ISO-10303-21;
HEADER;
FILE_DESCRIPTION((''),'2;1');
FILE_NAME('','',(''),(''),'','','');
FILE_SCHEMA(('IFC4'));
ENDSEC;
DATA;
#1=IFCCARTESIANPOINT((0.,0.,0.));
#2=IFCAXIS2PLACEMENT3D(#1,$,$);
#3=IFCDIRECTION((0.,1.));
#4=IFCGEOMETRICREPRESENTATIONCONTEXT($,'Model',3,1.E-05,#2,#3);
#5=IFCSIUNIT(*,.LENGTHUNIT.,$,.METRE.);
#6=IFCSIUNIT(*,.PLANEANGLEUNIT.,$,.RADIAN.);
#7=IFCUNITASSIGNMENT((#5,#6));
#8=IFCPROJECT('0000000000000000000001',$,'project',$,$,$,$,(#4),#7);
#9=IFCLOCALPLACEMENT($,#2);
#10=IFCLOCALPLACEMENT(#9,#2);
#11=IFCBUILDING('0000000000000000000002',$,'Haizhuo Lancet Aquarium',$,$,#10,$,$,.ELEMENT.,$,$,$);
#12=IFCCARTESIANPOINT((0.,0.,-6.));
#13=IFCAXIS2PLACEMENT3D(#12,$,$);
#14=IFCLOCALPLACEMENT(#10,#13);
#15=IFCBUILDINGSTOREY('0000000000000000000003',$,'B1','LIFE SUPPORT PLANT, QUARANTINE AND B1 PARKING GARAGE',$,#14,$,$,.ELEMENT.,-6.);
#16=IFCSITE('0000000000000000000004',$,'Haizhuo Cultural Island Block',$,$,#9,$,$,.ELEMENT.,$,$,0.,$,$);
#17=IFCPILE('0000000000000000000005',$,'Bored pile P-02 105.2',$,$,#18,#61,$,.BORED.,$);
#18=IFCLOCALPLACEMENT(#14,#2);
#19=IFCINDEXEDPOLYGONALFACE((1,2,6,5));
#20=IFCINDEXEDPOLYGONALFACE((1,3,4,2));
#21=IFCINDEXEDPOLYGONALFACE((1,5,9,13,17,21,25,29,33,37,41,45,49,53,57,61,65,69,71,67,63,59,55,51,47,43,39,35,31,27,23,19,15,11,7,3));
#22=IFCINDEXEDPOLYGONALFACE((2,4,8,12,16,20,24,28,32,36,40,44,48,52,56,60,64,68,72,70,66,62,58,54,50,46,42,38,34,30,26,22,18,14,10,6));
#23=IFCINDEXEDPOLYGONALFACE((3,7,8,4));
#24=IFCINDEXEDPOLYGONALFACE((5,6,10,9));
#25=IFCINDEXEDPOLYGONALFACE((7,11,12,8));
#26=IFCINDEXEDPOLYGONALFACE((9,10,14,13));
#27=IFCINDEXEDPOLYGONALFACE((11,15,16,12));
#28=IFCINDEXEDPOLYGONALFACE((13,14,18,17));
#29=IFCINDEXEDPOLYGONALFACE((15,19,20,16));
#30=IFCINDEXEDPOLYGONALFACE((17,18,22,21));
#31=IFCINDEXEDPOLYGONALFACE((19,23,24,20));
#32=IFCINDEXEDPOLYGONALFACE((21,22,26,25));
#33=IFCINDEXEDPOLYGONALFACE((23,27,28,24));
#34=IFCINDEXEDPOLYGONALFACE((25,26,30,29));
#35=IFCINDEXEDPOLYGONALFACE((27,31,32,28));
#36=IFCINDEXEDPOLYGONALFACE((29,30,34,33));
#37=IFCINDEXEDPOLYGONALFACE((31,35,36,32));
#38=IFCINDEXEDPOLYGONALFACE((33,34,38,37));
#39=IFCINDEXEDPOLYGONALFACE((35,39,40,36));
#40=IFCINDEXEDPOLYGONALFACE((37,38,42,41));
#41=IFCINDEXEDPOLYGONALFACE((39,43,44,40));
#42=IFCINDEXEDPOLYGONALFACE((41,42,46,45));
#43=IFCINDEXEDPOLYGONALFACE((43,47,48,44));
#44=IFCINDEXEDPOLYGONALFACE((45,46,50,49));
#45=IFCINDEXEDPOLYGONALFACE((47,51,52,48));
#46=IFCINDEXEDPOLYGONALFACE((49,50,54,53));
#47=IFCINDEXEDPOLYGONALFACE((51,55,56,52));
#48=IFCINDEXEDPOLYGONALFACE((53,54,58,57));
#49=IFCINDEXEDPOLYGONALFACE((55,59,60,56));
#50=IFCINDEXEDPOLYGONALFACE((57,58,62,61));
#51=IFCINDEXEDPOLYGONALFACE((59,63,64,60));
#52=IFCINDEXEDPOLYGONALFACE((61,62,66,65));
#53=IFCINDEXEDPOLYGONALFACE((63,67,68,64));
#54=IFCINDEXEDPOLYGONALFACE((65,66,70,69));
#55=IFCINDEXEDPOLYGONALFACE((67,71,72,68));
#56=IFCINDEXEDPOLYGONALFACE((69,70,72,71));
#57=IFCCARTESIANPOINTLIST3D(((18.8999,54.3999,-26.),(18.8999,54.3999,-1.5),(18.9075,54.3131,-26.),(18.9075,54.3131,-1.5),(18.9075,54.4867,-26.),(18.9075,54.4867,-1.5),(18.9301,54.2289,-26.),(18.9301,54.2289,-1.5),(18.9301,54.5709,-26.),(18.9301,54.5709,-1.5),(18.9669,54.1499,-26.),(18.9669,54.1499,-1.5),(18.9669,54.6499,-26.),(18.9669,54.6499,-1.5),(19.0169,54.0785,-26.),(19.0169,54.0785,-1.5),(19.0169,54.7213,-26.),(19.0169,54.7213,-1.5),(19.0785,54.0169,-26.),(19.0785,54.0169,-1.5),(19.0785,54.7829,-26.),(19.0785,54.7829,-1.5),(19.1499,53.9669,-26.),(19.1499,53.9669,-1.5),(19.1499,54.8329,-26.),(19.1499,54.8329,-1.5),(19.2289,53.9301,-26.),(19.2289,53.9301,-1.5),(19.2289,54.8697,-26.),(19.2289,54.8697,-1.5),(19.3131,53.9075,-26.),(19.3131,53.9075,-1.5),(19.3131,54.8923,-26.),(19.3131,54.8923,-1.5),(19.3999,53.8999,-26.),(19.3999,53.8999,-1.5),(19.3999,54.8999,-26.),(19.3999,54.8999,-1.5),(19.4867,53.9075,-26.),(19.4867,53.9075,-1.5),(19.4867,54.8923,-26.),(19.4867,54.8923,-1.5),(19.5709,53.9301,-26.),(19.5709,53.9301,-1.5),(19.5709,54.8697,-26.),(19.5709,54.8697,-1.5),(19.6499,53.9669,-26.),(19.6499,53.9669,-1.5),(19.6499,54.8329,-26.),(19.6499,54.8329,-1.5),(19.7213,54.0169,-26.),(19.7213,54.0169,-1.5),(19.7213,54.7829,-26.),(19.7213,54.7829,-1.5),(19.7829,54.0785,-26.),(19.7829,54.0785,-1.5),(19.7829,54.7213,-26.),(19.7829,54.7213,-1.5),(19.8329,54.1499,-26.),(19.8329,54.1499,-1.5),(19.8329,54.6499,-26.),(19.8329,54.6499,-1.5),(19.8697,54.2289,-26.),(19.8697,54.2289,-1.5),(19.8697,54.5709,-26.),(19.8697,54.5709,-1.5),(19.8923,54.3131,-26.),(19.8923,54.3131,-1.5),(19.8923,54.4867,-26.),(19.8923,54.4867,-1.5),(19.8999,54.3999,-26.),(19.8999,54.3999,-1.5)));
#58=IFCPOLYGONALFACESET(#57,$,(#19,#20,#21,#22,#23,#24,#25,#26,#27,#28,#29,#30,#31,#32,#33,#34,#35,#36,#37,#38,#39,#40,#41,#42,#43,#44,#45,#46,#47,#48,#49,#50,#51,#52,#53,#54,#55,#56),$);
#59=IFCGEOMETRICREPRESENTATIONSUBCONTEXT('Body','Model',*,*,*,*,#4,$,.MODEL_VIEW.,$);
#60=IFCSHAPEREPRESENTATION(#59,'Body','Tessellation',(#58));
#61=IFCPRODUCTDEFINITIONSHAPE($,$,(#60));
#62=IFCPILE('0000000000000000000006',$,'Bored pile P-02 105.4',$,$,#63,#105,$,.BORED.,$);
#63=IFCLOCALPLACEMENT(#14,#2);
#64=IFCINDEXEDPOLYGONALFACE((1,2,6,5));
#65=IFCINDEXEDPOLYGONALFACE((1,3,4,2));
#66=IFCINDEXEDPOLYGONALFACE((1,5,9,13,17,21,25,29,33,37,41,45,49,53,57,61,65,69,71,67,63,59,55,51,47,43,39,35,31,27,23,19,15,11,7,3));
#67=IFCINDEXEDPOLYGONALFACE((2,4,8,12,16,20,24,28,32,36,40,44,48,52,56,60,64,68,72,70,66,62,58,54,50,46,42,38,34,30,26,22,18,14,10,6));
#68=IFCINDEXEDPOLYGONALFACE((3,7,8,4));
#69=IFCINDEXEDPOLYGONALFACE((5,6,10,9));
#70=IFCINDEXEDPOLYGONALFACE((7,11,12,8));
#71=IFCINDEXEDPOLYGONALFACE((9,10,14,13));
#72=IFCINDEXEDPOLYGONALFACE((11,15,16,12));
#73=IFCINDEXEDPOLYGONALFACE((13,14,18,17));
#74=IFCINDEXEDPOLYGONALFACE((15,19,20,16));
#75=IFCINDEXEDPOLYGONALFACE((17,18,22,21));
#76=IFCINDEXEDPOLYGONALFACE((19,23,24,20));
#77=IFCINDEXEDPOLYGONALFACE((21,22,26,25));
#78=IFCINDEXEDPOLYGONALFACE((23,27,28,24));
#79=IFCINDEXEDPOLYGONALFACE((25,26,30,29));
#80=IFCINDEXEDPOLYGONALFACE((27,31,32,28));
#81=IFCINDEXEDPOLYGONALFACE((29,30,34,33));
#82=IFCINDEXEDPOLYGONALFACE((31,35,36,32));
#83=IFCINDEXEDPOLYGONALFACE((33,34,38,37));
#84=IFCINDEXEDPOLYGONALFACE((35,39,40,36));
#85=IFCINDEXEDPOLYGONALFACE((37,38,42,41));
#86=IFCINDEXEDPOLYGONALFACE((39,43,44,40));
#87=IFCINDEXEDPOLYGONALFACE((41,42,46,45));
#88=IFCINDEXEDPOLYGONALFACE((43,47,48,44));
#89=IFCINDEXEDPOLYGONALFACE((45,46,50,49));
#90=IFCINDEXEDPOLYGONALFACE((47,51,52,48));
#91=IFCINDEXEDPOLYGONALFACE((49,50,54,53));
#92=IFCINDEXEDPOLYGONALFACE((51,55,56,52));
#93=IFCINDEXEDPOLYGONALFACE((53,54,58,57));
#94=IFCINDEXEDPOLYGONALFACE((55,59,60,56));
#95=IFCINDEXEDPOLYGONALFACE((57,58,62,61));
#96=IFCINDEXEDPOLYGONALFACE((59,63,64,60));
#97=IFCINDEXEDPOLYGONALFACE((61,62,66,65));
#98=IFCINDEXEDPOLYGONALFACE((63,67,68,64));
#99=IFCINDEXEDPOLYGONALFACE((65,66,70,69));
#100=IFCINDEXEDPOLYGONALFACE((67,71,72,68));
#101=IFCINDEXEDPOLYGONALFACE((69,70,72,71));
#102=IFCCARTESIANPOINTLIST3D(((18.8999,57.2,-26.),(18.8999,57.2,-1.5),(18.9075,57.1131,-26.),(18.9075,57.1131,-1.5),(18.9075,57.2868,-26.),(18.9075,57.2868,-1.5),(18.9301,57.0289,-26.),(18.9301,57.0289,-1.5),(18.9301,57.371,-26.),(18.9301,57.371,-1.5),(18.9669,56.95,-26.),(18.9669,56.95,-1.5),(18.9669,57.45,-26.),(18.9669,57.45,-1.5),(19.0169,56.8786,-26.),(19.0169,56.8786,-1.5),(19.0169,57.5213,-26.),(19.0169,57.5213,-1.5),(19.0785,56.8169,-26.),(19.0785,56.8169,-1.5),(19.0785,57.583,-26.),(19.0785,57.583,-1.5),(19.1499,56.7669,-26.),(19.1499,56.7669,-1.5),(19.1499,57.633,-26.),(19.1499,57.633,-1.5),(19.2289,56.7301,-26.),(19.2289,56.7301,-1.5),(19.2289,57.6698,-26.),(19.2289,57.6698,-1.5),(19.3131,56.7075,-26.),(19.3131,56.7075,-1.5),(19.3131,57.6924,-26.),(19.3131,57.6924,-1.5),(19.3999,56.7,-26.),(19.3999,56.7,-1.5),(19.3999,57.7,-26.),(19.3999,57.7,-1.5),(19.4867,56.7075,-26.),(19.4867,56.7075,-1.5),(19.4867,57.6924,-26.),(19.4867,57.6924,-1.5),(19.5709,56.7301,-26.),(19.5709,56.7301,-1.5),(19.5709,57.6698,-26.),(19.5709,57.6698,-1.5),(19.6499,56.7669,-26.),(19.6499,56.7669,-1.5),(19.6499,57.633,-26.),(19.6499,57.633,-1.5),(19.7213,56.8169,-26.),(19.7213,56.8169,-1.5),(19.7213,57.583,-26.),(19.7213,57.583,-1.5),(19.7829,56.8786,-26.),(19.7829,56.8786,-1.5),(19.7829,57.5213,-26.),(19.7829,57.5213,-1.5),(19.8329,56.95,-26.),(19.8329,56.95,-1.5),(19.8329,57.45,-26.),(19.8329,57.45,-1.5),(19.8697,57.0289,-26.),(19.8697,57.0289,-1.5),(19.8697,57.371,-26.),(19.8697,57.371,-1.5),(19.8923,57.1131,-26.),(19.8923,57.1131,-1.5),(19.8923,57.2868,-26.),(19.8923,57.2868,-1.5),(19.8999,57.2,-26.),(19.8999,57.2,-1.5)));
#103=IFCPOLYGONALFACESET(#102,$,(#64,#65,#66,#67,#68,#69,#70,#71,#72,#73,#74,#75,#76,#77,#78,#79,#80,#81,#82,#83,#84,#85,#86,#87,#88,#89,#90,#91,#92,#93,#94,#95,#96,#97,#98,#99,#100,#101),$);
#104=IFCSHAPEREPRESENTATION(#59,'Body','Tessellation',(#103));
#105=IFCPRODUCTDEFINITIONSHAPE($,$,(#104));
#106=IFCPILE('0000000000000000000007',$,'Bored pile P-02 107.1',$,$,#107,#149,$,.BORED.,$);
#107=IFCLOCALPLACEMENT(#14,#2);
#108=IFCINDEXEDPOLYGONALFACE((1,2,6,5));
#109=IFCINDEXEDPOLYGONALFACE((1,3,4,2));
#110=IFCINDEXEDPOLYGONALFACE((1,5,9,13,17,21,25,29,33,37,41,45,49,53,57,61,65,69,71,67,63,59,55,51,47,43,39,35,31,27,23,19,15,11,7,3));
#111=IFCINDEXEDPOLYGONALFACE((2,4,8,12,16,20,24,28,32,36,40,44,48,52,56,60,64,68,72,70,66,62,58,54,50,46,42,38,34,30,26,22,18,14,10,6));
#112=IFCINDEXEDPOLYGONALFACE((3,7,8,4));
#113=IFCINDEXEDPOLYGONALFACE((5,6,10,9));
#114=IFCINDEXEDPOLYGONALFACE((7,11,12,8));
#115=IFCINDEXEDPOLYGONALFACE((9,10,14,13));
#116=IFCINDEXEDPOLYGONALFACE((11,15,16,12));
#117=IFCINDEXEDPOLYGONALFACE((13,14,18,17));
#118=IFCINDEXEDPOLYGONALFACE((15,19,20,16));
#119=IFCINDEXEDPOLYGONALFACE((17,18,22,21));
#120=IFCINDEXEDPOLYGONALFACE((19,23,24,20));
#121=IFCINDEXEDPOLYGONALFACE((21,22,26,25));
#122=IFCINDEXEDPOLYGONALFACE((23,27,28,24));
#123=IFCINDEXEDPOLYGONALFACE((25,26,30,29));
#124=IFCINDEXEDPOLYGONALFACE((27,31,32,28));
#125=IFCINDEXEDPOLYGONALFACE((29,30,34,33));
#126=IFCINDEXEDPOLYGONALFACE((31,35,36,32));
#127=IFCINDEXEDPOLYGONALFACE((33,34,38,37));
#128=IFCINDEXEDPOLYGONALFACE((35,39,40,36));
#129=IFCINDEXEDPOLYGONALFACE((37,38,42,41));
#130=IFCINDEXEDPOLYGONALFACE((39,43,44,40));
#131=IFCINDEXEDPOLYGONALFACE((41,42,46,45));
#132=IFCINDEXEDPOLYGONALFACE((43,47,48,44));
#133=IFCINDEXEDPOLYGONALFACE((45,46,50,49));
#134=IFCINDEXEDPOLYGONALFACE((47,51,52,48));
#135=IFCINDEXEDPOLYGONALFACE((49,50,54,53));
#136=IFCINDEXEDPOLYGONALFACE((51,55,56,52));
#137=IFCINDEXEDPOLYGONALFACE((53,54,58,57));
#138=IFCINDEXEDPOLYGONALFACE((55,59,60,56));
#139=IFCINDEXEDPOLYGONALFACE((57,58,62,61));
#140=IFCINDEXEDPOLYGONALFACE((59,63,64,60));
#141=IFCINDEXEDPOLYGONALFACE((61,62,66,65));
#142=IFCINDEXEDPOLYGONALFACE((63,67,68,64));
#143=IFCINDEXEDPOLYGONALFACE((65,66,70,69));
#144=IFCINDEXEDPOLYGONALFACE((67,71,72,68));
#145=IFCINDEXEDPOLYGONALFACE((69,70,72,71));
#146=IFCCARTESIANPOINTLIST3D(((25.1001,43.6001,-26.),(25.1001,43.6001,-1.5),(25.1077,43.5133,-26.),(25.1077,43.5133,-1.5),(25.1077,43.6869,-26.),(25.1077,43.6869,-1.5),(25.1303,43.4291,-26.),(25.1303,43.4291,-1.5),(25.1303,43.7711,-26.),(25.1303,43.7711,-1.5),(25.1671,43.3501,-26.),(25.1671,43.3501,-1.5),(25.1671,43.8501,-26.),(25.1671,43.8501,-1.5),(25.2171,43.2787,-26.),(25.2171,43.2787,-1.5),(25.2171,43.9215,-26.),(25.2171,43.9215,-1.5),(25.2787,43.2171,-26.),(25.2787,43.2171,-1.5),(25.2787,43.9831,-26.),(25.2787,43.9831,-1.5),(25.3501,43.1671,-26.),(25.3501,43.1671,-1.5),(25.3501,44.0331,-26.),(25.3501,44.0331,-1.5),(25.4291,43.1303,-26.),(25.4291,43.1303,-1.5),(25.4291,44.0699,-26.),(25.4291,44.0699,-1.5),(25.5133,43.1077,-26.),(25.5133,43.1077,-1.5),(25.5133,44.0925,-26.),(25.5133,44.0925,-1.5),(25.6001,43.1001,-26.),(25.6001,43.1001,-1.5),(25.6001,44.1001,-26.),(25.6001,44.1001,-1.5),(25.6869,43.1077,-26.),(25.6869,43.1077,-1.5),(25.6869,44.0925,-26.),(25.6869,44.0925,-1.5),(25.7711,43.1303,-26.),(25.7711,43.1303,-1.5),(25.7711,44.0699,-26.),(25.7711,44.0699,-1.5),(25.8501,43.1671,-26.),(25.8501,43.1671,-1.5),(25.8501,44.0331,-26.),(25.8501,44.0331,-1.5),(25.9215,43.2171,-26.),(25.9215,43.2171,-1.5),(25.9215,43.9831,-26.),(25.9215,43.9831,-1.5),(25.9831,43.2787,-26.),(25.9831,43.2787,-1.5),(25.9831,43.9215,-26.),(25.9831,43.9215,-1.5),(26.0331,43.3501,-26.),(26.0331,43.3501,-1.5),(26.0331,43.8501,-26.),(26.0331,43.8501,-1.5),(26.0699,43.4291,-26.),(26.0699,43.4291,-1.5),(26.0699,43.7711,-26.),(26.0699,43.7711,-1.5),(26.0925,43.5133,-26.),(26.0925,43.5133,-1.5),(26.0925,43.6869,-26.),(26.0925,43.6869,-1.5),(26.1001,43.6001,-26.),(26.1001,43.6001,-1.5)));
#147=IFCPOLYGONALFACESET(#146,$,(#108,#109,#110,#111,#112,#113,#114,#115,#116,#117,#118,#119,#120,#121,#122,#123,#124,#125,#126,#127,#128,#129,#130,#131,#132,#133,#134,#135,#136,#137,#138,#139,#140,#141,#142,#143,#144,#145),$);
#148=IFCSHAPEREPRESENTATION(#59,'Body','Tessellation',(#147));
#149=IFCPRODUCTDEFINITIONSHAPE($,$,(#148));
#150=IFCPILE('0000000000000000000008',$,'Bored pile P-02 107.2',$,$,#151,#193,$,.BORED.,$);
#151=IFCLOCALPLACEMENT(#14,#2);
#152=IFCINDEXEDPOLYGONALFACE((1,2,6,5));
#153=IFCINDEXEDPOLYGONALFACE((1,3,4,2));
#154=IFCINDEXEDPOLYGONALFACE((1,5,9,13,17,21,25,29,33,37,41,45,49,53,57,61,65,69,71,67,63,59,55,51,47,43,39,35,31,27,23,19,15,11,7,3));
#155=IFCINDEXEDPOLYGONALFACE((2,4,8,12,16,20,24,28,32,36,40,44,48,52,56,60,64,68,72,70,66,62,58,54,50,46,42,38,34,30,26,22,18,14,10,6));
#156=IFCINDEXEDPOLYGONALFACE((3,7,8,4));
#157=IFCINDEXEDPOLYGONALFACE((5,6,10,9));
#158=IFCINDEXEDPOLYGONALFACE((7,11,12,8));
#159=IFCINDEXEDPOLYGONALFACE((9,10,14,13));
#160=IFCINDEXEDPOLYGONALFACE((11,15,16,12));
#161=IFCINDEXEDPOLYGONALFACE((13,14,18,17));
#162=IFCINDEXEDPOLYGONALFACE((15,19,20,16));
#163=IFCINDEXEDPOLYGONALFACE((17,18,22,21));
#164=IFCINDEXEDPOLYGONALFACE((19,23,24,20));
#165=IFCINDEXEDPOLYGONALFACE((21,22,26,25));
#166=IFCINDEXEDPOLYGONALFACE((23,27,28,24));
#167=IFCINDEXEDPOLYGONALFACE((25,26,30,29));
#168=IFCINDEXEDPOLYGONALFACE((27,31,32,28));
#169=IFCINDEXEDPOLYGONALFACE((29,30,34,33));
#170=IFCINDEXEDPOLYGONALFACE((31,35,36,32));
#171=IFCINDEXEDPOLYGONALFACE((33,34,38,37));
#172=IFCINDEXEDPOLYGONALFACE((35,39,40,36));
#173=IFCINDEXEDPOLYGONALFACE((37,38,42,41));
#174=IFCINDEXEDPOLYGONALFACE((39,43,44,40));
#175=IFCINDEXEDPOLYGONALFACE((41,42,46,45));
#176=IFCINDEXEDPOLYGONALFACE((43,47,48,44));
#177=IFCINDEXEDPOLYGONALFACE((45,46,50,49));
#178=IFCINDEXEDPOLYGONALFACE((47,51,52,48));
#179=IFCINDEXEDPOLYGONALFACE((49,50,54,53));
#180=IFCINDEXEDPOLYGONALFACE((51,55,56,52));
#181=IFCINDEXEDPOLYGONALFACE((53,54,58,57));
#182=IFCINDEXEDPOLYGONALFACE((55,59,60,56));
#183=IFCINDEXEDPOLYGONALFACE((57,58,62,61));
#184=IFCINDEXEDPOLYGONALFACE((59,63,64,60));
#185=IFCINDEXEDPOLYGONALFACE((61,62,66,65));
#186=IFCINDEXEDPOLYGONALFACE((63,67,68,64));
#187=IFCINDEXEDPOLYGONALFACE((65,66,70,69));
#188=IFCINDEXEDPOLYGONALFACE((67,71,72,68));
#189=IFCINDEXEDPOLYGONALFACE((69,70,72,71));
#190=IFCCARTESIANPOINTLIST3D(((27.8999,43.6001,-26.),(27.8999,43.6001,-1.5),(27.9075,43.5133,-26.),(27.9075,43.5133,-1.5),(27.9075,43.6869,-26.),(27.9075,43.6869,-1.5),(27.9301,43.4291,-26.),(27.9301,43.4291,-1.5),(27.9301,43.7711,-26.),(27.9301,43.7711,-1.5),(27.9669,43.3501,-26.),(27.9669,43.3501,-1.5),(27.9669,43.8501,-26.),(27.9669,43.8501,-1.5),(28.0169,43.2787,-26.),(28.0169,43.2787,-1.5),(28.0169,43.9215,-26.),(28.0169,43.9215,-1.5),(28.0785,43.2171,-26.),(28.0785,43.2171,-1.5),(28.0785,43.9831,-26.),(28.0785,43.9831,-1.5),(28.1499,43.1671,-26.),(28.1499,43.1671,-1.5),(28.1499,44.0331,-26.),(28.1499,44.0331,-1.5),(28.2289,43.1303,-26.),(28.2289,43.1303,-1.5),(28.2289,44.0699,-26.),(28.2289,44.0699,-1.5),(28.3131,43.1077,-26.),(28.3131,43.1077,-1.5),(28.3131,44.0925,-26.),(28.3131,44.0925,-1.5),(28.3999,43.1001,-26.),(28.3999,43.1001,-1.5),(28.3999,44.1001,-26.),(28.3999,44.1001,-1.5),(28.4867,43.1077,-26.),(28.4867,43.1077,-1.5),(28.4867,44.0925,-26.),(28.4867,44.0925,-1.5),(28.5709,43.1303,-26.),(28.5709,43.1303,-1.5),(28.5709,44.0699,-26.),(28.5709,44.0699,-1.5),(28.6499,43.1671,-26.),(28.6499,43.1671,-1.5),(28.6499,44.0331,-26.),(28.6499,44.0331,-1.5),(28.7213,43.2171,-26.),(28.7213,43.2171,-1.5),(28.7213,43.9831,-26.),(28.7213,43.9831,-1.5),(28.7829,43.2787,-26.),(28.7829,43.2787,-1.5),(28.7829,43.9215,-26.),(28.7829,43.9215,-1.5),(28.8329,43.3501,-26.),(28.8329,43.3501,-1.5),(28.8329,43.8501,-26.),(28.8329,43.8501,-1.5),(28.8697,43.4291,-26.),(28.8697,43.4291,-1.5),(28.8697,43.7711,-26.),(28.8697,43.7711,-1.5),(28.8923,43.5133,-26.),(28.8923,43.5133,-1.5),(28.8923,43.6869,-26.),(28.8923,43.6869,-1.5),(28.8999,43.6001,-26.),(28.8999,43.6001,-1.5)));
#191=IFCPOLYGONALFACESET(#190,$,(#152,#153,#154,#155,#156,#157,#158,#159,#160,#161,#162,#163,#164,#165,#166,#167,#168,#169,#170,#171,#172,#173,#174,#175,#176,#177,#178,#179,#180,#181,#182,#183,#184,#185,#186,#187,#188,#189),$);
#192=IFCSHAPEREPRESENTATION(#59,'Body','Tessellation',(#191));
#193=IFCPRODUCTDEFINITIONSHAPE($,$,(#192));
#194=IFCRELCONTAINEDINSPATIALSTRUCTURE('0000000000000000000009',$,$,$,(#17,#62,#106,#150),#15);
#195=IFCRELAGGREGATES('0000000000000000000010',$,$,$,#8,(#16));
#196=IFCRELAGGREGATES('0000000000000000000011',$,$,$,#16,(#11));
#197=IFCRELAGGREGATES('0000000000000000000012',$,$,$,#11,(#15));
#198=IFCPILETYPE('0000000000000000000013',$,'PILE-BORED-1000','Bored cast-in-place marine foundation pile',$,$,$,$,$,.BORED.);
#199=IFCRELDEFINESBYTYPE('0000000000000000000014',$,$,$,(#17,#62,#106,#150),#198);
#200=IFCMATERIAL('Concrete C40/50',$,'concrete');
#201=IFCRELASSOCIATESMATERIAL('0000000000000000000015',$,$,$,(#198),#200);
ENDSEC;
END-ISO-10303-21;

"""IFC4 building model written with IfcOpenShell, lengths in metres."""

from ifc_helpers import new_model, si_unit, direction, frame, origin, origin_2d, place, context, subcontext, project, spatial, circle, extrude, material, material_profile, profile_set, type_object, element, save


model = new_model("IFC4")

# Units and contexts
model_context = context("Model", 3, precision=1e-05, world=origin(), true_north=direction((0.0, 1.0)))
body_context = subcontext(model_context, "Body", "Model", "MODEL_VIEW")
ifc_project = project(units=[si_unit("LENGTHUNIT", "METRE"), si_unit("PLANEANGLEUNIT", "RADIAN")], contexts=[model_context])

# Site, building, storey
site_placement = place(None, origin())
site = spatial("IfcSite", under=ifc_project, at=site_placement, Name="Haizhuo Cultural Island Block", CompositionType="ELEMENT", RefElevation=0.0)
building_placement = place(site_placement, origin())
building = spatial("IfcBuilding", under=site, at=building_placement, Name="Haizhuo Lancet Aquarium", CompositionType="ELEMENT")
storey_placement = place(building_placement, frame((0.0, 0.0, -6.0)))
storey = spatial("IfcBuildingStorey", under=building, at=storey_placement, Name="B1", Description="LIFE SUPPORT PLANT, QUARANTINE AND B1 PARKING GARAGE", CompositionType="ELEMENT", Elevation=-6.0)

# Shared definitions
ifc_material_1 = material(Name="Concrete C40/50", Category="concrete")

# Piles
ifc_material_profile_1 = material_profile(ifc_material_1, circle(Radius=0.5, at=origin_2d()), Name="PILE-1000")
ifc_profile_set_1 = profile_set([ifc_material_profile_1], Name="Concrete C40/50")
pile_type = type_object("IfcPileType", Name="PILE-BORED-1000", Description="Bored cast-in-place marine foundation pile", PredefinedType="BORED", material=ifc_profile_set_1)
for number, where, z_axis, x_axis, name in (
    (1, (19.3999, 54.3999, -1.5), (0.0, 0.0, -1.0), (1.0, 0.0, 0.0), "Bored pile P-02 105.2"),
    (2, (19.3999, 57.2, -1.5), (0.0, 0.0, -1.0), (1.0, 0.0, 0.0), "Bored pile P-02 105.4"),
    (3, (25.6001, 43.6001, -1.5), (0.0, 0.0, -1.0), (1.0, 0.0, 0.0), "Bored pile P-02 107.1"),
    (4, (28.3999, 43.6001, -1.5), (0.0, 0.0, -1.0), (1.0, 0.0, 0.0), "Bored pile P-02 107.2"),
):
    element("IfcPile", number, at=place(storey_placement, frame(where, z_axis=z_axis, x_axis=x_axis)), inside=storey, type_object=pile_type, Name=name, PredefinedType="BORED", context=body_context, shape_type="SweptSolid", body=[
        extrude(circle(Radius=0.5, at=origin_2d()), origin(), (0.0, 0.0, 1.0), 24.5),
    ])

save(model, "model.ifc")
